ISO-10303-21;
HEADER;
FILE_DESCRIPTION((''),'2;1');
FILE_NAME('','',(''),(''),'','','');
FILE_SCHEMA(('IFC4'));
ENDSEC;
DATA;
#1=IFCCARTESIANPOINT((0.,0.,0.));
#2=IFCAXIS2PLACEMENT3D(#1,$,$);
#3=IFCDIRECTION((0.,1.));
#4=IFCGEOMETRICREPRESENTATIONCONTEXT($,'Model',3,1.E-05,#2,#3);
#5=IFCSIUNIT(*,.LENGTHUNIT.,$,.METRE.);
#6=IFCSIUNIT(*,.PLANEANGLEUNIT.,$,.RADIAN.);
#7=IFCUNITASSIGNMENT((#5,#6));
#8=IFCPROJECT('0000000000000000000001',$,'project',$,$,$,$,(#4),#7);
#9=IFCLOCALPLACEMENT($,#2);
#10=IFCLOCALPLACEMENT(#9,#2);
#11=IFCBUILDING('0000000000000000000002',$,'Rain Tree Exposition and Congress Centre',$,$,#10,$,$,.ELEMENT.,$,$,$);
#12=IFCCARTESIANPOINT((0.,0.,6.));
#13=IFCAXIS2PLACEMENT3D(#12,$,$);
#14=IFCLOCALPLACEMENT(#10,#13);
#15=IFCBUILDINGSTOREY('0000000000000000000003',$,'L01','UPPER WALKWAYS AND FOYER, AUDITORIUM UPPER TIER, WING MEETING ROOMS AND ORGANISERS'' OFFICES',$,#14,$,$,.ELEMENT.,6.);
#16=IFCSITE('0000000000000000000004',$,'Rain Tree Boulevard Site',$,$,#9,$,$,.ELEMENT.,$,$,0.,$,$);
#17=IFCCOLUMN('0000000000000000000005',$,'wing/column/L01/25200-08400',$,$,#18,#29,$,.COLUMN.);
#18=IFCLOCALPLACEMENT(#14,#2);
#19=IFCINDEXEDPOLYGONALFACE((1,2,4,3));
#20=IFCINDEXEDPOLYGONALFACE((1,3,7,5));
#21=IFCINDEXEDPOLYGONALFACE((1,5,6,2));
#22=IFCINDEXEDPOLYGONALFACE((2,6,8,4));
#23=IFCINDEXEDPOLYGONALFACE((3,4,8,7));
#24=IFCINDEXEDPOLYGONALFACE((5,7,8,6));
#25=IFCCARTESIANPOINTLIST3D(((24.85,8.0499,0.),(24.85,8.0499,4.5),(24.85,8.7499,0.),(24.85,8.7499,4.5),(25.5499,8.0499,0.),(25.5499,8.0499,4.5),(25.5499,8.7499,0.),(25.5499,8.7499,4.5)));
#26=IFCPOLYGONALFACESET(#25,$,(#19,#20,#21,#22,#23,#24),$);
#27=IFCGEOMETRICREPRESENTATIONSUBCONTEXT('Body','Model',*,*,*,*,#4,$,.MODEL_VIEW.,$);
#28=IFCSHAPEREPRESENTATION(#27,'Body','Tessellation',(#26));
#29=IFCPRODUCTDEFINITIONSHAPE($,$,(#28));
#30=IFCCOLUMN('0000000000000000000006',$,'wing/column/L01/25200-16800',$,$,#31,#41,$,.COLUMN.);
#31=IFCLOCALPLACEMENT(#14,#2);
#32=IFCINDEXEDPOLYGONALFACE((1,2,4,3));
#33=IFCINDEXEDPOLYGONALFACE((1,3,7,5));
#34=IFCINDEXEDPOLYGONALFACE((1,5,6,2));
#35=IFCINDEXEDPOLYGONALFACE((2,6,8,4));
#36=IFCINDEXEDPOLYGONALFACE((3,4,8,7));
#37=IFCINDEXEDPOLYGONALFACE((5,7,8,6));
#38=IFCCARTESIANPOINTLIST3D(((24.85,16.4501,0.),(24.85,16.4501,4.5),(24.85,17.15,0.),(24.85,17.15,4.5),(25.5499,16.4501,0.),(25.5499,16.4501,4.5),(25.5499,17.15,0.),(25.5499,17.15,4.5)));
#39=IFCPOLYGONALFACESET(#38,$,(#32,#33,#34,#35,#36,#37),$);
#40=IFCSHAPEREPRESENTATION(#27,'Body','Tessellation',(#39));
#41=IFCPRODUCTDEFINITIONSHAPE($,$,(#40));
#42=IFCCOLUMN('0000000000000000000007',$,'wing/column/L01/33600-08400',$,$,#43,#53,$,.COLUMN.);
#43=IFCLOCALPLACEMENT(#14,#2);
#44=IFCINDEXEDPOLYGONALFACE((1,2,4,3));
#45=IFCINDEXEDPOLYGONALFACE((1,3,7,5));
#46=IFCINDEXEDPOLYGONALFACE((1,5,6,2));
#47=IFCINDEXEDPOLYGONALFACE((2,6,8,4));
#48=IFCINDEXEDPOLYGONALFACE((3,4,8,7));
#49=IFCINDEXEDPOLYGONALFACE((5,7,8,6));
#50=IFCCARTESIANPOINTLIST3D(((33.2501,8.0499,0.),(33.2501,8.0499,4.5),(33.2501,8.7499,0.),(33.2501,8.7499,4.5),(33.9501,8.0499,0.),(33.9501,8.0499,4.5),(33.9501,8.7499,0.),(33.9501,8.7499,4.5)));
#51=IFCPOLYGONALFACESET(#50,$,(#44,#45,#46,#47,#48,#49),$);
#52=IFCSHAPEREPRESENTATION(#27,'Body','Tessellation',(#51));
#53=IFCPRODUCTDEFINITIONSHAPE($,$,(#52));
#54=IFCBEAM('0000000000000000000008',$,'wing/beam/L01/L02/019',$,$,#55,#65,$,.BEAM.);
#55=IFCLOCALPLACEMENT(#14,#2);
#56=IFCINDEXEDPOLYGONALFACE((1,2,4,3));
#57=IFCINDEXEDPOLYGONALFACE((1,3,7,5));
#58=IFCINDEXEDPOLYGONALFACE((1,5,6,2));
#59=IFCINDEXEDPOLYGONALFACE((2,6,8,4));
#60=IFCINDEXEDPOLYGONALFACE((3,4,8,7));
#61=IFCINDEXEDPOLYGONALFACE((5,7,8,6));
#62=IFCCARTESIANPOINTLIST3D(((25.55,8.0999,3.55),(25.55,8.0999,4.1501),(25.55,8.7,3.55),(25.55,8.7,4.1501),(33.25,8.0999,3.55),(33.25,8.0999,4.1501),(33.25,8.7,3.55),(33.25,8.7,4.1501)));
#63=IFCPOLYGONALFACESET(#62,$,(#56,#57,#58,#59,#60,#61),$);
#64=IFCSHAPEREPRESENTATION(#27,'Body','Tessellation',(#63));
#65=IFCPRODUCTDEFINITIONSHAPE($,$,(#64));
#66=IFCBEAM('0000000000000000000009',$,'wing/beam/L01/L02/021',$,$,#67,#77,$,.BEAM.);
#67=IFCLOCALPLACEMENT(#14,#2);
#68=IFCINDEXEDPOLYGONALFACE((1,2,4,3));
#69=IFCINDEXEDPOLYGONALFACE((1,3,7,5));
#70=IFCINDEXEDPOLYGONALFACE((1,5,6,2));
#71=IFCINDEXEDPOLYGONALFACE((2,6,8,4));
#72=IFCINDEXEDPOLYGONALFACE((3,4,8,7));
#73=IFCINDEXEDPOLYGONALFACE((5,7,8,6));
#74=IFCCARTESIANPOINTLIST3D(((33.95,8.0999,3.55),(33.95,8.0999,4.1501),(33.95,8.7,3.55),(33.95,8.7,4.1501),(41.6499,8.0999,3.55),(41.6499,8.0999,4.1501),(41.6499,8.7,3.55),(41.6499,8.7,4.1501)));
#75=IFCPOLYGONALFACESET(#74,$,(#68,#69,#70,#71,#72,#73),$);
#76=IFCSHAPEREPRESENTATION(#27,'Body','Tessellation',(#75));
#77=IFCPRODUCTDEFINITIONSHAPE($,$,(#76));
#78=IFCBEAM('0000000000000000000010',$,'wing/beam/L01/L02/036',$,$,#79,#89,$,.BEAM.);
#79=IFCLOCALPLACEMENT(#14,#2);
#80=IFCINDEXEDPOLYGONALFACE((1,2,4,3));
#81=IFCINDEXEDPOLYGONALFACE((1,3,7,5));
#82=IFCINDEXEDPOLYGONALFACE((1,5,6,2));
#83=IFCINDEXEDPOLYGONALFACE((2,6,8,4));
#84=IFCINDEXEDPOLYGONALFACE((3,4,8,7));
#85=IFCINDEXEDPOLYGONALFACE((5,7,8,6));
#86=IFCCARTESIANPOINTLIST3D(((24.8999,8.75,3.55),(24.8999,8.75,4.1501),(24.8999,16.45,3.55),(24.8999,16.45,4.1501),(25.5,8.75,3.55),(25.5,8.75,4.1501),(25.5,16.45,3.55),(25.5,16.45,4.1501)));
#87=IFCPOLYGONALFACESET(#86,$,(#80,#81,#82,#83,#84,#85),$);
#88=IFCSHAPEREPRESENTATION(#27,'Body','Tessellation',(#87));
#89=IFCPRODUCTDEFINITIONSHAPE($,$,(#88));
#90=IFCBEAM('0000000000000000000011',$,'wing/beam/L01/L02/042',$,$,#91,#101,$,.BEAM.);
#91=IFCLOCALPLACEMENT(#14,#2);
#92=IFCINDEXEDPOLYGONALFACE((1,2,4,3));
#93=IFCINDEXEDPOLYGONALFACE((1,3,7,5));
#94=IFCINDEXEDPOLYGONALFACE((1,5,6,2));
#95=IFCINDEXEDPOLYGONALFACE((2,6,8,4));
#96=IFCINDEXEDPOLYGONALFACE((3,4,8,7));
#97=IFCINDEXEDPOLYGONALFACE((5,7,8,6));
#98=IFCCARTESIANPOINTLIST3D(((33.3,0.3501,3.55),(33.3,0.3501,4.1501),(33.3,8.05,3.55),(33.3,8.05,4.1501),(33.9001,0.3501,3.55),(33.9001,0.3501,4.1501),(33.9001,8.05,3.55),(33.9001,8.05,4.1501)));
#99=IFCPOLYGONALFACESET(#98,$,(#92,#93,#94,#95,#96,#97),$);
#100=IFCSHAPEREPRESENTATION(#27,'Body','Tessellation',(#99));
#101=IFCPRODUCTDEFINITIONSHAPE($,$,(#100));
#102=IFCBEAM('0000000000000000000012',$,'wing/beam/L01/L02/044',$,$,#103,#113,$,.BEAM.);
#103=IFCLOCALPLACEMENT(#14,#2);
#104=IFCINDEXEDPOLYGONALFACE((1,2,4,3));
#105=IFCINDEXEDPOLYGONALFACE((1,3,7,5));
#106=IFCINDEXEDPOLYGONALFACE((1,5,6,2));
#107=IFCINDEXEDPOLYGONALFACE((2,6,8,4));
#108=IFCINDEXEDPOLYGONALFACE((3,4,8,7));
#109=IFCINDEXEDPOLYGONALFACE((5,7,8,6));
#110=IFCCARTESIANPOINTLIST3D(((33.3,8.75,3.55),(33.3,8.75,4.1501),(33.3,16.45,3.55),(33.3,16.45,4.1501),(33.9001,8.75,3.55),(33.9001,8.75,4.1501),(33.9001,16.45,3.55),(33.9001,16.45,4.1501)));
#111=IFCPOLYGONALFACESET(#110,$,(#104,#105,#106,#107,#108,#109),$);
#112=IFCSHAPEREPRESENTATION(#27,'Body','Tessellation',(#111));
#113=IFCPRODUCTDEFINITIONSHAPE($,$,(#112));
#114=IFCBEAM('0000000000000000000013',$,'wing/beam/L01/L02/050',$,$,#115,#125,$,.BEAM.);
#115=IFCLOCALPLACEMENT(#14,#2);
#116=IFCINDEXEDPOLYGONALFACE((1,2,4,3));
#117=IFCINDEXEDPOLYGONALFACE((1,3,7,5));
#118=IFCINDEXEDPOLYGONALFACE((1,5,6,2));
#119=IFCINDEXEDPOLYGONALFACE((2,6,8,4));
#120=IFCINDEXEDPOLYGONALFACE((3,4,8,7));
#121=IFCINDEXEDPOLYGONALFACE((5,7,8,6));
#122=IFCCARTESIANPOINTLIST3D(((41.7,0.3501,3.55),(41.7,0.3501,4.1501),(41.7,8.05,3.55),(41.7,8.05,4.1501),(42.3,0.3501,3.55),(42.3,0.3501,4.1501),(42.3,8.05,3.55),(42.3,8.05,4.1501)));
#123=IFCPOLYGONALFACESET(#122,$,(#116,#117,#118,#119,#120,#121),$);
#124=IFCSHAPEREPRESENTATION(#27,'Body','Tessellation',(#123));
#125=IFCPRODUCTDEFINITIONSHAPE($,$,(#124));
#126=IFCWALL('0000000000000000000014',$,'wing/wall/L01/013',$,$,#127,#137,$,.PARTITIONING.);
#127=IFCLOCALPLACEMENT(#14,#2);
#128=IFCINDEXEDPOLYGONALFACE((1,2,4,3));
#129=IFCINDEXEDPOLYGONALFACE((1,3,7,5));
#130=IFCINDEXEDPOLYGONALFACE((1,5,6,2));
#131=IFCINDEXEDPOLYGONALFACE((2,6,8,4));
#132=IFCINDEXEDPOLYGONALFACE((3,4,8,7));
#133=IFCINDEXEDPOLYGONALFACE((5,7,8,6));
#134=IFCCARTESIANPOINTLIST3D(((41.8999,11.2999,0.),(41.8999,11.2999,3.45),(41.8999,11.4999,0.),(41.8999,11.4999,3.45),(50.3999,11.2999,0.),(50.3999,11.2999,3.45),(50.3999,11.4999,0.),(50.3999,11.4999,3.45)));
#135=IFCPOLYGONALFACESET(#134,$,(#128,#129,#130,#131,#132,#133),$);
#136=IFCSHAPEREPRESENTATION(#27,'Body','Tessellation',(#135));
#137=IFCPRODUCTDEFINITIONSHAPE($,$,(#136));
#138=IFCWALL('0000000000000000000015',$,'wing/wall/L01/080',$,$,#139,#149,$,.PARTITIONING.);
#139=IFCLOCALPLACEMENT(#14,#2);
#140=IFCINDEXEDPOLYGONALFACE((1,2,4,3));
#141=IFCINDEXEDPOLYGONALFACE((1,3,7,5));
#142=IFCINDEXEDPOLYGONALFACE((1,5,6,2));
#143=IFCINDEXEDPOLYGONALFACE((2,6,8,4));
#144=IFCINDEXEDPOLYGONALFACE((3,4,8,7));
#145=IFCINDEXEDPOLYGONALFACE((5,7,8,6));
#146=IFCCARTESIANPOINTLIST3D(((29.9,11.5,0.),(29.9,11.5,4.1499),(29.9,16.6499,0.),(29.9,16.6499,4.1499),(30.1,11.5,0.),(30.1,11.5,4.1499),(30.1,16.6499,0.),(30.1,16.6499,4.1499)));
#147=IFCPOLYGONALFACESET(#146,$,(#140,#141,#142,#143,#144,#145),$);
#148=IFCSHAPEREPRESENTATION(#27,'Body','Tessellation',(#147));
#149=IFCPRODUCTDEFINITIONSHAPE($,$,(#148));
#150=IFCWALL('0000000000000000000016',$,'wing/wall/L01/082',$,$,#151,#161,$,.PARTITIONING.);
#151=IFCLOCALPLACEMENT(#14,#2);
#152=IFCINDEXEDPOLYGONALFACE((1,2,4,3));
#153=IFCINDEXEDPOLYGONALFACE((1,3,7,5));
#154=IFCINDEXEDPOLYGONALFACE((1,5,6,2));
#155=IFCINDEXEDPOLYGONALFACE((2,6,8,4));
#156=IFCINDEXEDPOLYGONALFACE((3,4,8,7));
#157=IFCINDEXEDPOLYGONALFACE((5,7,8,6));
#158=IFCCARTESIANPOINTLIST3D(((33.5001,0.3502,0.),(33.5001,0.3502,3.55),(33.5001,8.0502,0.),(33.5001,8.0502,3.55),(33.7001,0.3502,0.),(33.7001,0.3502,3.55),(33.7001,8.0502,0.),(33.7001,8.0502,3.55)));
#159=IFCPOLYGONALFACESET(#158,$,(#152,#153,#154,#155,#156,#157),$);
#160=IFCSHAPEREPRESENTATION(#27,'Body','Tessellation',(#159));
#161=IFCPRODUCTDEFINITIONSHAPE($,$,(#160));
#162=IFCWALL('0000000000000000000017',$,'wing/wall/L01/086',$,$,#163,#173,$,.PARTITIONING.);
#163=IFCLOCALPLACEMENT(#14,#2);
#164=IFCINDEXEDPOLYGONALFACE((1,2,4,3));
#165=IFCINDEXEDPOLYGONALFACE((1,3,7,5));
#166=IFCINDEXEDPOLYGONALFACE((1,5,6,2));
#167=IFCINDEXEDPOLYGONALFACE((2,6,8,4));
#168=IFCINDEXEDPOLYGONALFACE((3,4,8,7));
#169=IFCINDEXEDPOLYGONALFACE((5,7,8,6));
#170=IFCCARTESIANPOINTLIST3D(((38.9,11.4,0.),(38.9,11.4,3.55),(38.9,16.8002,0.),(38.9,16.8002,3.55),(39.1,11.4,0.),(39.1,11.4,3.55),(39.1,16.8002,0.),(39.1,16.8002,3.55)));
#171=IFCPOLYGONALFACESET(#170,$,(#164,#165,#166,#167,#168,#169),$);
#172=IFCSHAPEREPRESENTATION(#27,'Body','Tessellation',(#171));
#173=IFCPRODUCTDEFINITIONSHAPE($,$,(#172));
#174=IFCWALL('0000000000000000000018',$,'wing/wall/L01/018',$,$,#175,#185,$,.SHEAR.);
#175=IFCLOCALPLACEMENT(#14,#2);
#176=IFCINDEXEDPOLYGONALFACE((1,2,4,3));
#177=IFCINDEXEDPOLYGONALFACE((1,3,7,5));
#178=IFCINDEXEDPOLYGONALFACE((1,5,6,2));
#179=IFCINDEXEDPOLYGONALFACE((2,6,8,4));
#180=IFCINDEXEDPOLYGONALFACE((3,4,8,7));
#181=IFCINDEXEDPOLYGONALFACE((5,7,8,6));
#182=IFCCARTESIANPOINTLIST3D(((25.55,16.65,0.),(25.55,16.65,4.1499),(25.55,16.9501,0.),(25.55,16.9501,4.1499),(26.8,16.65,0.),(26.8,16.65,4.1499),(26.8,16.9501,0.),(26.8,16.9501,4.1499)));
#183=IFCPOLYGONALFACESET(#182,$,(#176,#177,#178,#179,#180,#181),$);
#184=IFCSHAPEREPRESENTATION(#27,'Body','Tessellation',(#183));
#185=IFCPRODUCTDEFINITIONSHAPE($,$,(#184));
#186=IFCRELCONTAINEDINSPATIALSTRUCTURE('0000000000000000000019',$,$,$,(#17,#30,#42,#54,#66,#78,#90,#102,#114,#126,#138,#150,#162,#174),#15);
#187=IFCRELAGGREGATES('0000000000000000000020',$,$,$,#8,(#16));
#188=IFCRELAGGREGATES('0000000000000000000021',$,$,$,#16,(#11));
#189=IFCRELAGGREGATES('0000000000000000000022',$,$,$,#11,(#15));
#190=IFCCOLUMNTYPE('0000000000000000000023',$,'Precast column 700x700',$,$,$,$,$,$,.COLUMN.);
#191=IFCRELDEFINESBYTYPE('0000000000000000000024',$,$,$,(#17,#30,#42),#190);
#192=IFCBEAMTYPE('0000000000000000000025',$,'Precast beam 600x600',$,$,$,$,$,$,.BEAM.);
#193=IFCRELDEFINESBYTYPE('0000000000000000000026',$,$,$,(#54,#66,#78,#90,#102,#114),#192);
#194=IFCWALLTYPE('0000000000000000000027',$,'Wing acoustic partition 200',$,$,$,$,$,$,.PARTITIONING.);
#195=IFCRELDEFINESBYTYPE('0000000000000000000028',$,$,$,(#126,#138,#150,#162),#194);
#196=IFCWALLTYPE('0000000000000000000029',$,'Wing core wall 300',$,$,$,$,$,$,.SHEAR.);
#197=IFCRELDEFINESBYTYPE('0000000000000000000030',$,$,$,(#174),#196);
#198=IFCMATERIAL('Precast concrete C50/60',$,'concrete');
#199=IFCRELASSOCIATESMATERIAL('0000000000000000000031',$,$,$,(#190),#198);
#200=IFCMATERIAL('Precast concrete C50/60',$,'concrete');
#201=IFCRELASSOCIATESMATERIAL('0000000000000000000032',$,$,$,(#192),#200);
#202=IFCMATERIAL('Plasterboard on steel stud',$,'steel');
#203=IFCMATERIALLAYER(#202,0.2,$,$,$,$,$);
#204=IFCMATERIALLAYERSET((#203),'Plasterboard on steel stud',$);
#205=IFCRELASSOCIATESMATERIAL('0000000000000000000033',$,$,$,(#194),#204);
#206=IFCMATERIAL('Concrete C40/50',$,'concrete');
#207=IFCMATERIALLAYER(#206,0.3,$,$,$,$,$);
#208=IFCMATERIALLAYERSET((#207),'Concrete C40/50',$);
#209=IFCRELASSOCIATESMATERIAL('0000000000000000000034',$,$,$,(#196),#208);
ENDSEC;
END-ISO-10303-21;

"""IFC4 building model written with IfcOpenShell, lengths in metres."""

from ifc_helpers import new_model, si_unit, direction, frame, frame_2d, origin, origin_2d, place, context, subcontext, project, spatial, rectangle, extrude, material, layer, layer_set, material_profile, profile_set, type_object, element, save


model = new_model("IFC4")

# Units and contexts
model_context = context("Model", 3, precision=1e-05, world=origin(), true_north=direction((0.0, 1.0)))
body_context = subcontext(model_context, "Body", "Model", "MODEL_VIEW")
ifc_project = project(units=[si_unit("LENGTHUNIT", "METRE"), si_unit("PLANEANGLEUNIT", "RADIAN")], contexts=[model_context])

# Site, building, storey
site_placement = place(None, origin())
site = spatial("IfcSite", under=ifc_project, at=site_placement, Name="Rain Tree Boulevard Site", CompositionType="ELEMENT", RefElevation=0.0)
building_placement = place(site_placement, origin())
building = spatial("IfcBuilding", under=site, at=building_placement, Name="Rain Tree Exposition and Congress Centre", CompositionType="ELEMENT")
storey_placement = place(building_placement, frame((0.0, 0.0, 6.0)))
storey = spatial("IfcBuildingStorey", under=building, at=storey_placement, Name="L01", Description="UPPER WALKWAYS AND FOYER, AUDITORIUM UPPER TIER, WING MEETING ROOMS AND ORGANISERS' OFFICES", CompositionType="ELEMENT", Elevation=6.0)

# Columns
ifc_material_1 = material(Name="Precast concrete C50/60", Category="concrete")
ifc_material_profile_1 = material_profile(ifc_material_1, rectangle(XDim=0.7, YDim=0.7, at=origin_2d()), Name="RC 700x700")
ifc_profile_set_1 = profile_set([ifc_material_profile_1], Name="Precast concrete C50/60")
column_type = type_object("IfcColumnType", Name="Precast column 700x700", PredefinedType="COLUMN", material=ifc_profile_set_1)
for number, where, z_axis, x_axis, name in (
    (1, (25.2, 8.3999, 0.0), (0.0, 0.0, 1.0), (1.0, 0.0, 0.0), "wing/column/L01/25200-08400"),
    (2, (25.2, 16.8, 0.0), (0.0, 0.0, 1.0), (1.0, 0.0, 0.0), "wing/column/L01/25200-16800"),
    (3, (33.6001, 8.3999, 0.0), (0.0, 0.0, 1.0), (1.0, 0.0, 0.0), "wing/column/L01/33600-08400"),
):
    element("IfcColumn", number, at=place(storey_placement, frame(where, z_axis=z_axis, x_axis=x_axis)), inside=storey, type_object=column_type, Name=name, PredefinedType="COLUMN", context=body_context, shape_type="SweptSolid", body=[
        extrude(rectangle(XDim=0.7, YDim=0.7, at=origin_2d()), origin(), (0.0, 0.0, 1.0), 4.5),
    ])

# Beams
ifc_material_2 = material(Name="Precast concrete C50/60", Category="concrete")
ifc_material_profile_2 = material_profile(ifc_material_2, rectangle(XDim=0.6001, YDim=0.6001, at=origin_2d()), Name="RC 600x600")
ifc_profile_set_2 = profile_set([ifc_material_profile_2], Name="Precast concrete C50/60")
beam_type = type_object("IfcBeamType", Name="Precast beam 600x600", PredefinedType="BEAM", material=ifc_profile_set_2)
for number, where, z_axis, x_axis, name in (
    (4, (25.55, 8.3999, 3.8501), (1.0, 0.0, 0.0), (0.0, 1.0, 0.0), "wing/beam/L01/L02/019"),
    (5, (33.95, 8.3999, 3.8501), (1.0, 0.0, 0.0), (0.0, 1.0, 0.0), "wing/beam/L01/L02/021"),
    (6, (25.2, 8.75, 3.8501), (0.0, 1.0, 0.0), (-1.0, 0.0, 0.0), "wing/beam/L01/L02/036"),
    (7, (33.6001, 0.3501, 3.8501), (0.0, 1.0, 0.0), (-1.0, 0.0, 0.0), "wing/beam/L01/L02/042"),
    (8, (33.6001, 8.75, 3.8501), (0.0, 1.0, 0.0), (-1.0, 0.0, 0.0), "wing/beam/L01/L02/044"),
    (9, (42.0, 0.3501, 3.8501), (0.0, 1.0, 0.0), (-1.0, 0.0, 0.0), "wing/beam/L01/L02/050"),
):
    element("IfcBeam", number, at=place(storey_placement, frame(where, z_axis=z_axis, x_axis=x_axis)), inside=storey, type_object=beam_type, Name=name, PredefinedType="BEAM", context=body_context, shape_type="SweptSolid", body=[
        extrude(rectangle(XDim=0.6001, YDim=0.6001, at=origin_2d()), origin(), (0.0, 0.0, 1.0), 7.7),
    ])

# Shared definitions
ifc_material_3 = material(Name="Plasterboard on steel stud", Category="steel")
ifc_layer_1 = layer(ifc_material_3, 0.2)
ifc_layer_set_1 = layer_set([ifc_layer_1], Name="Plasterboard on steel stud")
wall_type_1 = type_object("IfcWallType", Name="Wing acoustic partition 200", PredefinedType="PARTITIONING", material=ifc_layer_set_1)

# Walls
wall_1_placement = place(storey_placement, frame((41.8999, 11.3999, 0.0), z_axis=(0.0, 0.0, 1.0), x_axis=(1.0, 0.0, 0.0)))
element("IfcWall", 10, at=wall_1_placement, inside=storey, type_object=wall_type_1, Name="wing/wall/L01/013", PredefinedType="PARTITIONING", context=body_context, shape_type="SweptSolid", body=[
    extrude(rectangle(XDim=8.5, YDim=0.2, at=frame_2d((4.25, 0.0))), origin(), (0.0, 0.0, 1.0), 3.45),
])
wall_2_placement = place(storey_placement, frame((30.0, 11.5, 0.0), z_axis=(0.0, 0.0, 1.0), x_axis=(0.0, 1.0, 0.0)))
element("IfcWall", 11, at=wall_2_placement, inside=storey, type_object=wall_type_1, Name="wing/wall/L01/080", PredefinedType="PARTITIONING", context=body_context, shape_type="SweptSolid", body=[
    extrude(rectangle(XDim=5.1499, YDim=0.2, at=frame_2d((2.575, 0.0))), origin(), (0.0, 0.0, 1.0), 4.1499),
])
wall_3_placement = place(storey_placement, frame((33.6001, 0.3501, 0.0), z_axis=(0.0, 0.0, 1.0), x_axis=(0.0, 1.0, 0.0)))
element("IfcWall", 12, at=wall_3_placement, inside=storey, type_object=wall_type_1, Name="wing/wall/L01/082", PredefinedType="PARTITIONING", context=body_context, shape_type="SweptSolid", body=[
    extrude(rectangle(XDim=7.7, YDim=0.2, at=frame_2d((3.8501, 0.0))), origin(), (0.0, 0.0, 1.0), 3.55),
])
wall_4_placement = place(storey_placement, frame((39.0, 11.3999, 0.0), z_axis=(0.0, 0.0, 1.0), x_axis=(0.0, 1.0, 0.0)))
element("IfcWall", 13, at=wall_4_placement, inside=storey, type_object=wall_type_1, Name="wing/wall/L01/086", PredefinedType="PARTITIONING", context=body_context, shape_type="SweptSolid", body=[
    extrude(rectangle(XDim=5.4001, YDim=0.2, at=frame_2d((2.7002, 0.0))), origin(), (0.0, 0.0, 1.0), 3.55),
])

# Shared definitions
ifc_material_4 = material(Name="Concrete C40/50", Category="concrete")
ifc_layer_2 = layer(ifc_material_4, 0.3)
ifc_layer_set_2 = layer_set([ifc_layer_2], Name="Concrete C40/50")
wall_type_2 = type_object("IfcWallType", Name="Wing core wall 300", PredefinedType="SHEAR", material=ifc_layer_set_2)

# Wall
wall_5_placement = place(storey_placement, frame((25.55, 16.8, 0.0), z_axis=(0.0, 0.0, 1.0), x_axis=(1.0, 0.0, 0.0)))
element("IfcWall", 14, at=wall_5_placement, inside=storey, type_object=wall_type_2, Name="wing/wall/L01/018", PredefinedType="SHEAR", context=body_context, shape_type="SweptSolid", body=[
    extrude(rectangle(XDim=1.25, YDim=0.3, at=frame_2d((0.625, 0.0))), origin(), (0.0, 0.0, 1.0), 4.1499),
])

save(model, "model.ifc")
